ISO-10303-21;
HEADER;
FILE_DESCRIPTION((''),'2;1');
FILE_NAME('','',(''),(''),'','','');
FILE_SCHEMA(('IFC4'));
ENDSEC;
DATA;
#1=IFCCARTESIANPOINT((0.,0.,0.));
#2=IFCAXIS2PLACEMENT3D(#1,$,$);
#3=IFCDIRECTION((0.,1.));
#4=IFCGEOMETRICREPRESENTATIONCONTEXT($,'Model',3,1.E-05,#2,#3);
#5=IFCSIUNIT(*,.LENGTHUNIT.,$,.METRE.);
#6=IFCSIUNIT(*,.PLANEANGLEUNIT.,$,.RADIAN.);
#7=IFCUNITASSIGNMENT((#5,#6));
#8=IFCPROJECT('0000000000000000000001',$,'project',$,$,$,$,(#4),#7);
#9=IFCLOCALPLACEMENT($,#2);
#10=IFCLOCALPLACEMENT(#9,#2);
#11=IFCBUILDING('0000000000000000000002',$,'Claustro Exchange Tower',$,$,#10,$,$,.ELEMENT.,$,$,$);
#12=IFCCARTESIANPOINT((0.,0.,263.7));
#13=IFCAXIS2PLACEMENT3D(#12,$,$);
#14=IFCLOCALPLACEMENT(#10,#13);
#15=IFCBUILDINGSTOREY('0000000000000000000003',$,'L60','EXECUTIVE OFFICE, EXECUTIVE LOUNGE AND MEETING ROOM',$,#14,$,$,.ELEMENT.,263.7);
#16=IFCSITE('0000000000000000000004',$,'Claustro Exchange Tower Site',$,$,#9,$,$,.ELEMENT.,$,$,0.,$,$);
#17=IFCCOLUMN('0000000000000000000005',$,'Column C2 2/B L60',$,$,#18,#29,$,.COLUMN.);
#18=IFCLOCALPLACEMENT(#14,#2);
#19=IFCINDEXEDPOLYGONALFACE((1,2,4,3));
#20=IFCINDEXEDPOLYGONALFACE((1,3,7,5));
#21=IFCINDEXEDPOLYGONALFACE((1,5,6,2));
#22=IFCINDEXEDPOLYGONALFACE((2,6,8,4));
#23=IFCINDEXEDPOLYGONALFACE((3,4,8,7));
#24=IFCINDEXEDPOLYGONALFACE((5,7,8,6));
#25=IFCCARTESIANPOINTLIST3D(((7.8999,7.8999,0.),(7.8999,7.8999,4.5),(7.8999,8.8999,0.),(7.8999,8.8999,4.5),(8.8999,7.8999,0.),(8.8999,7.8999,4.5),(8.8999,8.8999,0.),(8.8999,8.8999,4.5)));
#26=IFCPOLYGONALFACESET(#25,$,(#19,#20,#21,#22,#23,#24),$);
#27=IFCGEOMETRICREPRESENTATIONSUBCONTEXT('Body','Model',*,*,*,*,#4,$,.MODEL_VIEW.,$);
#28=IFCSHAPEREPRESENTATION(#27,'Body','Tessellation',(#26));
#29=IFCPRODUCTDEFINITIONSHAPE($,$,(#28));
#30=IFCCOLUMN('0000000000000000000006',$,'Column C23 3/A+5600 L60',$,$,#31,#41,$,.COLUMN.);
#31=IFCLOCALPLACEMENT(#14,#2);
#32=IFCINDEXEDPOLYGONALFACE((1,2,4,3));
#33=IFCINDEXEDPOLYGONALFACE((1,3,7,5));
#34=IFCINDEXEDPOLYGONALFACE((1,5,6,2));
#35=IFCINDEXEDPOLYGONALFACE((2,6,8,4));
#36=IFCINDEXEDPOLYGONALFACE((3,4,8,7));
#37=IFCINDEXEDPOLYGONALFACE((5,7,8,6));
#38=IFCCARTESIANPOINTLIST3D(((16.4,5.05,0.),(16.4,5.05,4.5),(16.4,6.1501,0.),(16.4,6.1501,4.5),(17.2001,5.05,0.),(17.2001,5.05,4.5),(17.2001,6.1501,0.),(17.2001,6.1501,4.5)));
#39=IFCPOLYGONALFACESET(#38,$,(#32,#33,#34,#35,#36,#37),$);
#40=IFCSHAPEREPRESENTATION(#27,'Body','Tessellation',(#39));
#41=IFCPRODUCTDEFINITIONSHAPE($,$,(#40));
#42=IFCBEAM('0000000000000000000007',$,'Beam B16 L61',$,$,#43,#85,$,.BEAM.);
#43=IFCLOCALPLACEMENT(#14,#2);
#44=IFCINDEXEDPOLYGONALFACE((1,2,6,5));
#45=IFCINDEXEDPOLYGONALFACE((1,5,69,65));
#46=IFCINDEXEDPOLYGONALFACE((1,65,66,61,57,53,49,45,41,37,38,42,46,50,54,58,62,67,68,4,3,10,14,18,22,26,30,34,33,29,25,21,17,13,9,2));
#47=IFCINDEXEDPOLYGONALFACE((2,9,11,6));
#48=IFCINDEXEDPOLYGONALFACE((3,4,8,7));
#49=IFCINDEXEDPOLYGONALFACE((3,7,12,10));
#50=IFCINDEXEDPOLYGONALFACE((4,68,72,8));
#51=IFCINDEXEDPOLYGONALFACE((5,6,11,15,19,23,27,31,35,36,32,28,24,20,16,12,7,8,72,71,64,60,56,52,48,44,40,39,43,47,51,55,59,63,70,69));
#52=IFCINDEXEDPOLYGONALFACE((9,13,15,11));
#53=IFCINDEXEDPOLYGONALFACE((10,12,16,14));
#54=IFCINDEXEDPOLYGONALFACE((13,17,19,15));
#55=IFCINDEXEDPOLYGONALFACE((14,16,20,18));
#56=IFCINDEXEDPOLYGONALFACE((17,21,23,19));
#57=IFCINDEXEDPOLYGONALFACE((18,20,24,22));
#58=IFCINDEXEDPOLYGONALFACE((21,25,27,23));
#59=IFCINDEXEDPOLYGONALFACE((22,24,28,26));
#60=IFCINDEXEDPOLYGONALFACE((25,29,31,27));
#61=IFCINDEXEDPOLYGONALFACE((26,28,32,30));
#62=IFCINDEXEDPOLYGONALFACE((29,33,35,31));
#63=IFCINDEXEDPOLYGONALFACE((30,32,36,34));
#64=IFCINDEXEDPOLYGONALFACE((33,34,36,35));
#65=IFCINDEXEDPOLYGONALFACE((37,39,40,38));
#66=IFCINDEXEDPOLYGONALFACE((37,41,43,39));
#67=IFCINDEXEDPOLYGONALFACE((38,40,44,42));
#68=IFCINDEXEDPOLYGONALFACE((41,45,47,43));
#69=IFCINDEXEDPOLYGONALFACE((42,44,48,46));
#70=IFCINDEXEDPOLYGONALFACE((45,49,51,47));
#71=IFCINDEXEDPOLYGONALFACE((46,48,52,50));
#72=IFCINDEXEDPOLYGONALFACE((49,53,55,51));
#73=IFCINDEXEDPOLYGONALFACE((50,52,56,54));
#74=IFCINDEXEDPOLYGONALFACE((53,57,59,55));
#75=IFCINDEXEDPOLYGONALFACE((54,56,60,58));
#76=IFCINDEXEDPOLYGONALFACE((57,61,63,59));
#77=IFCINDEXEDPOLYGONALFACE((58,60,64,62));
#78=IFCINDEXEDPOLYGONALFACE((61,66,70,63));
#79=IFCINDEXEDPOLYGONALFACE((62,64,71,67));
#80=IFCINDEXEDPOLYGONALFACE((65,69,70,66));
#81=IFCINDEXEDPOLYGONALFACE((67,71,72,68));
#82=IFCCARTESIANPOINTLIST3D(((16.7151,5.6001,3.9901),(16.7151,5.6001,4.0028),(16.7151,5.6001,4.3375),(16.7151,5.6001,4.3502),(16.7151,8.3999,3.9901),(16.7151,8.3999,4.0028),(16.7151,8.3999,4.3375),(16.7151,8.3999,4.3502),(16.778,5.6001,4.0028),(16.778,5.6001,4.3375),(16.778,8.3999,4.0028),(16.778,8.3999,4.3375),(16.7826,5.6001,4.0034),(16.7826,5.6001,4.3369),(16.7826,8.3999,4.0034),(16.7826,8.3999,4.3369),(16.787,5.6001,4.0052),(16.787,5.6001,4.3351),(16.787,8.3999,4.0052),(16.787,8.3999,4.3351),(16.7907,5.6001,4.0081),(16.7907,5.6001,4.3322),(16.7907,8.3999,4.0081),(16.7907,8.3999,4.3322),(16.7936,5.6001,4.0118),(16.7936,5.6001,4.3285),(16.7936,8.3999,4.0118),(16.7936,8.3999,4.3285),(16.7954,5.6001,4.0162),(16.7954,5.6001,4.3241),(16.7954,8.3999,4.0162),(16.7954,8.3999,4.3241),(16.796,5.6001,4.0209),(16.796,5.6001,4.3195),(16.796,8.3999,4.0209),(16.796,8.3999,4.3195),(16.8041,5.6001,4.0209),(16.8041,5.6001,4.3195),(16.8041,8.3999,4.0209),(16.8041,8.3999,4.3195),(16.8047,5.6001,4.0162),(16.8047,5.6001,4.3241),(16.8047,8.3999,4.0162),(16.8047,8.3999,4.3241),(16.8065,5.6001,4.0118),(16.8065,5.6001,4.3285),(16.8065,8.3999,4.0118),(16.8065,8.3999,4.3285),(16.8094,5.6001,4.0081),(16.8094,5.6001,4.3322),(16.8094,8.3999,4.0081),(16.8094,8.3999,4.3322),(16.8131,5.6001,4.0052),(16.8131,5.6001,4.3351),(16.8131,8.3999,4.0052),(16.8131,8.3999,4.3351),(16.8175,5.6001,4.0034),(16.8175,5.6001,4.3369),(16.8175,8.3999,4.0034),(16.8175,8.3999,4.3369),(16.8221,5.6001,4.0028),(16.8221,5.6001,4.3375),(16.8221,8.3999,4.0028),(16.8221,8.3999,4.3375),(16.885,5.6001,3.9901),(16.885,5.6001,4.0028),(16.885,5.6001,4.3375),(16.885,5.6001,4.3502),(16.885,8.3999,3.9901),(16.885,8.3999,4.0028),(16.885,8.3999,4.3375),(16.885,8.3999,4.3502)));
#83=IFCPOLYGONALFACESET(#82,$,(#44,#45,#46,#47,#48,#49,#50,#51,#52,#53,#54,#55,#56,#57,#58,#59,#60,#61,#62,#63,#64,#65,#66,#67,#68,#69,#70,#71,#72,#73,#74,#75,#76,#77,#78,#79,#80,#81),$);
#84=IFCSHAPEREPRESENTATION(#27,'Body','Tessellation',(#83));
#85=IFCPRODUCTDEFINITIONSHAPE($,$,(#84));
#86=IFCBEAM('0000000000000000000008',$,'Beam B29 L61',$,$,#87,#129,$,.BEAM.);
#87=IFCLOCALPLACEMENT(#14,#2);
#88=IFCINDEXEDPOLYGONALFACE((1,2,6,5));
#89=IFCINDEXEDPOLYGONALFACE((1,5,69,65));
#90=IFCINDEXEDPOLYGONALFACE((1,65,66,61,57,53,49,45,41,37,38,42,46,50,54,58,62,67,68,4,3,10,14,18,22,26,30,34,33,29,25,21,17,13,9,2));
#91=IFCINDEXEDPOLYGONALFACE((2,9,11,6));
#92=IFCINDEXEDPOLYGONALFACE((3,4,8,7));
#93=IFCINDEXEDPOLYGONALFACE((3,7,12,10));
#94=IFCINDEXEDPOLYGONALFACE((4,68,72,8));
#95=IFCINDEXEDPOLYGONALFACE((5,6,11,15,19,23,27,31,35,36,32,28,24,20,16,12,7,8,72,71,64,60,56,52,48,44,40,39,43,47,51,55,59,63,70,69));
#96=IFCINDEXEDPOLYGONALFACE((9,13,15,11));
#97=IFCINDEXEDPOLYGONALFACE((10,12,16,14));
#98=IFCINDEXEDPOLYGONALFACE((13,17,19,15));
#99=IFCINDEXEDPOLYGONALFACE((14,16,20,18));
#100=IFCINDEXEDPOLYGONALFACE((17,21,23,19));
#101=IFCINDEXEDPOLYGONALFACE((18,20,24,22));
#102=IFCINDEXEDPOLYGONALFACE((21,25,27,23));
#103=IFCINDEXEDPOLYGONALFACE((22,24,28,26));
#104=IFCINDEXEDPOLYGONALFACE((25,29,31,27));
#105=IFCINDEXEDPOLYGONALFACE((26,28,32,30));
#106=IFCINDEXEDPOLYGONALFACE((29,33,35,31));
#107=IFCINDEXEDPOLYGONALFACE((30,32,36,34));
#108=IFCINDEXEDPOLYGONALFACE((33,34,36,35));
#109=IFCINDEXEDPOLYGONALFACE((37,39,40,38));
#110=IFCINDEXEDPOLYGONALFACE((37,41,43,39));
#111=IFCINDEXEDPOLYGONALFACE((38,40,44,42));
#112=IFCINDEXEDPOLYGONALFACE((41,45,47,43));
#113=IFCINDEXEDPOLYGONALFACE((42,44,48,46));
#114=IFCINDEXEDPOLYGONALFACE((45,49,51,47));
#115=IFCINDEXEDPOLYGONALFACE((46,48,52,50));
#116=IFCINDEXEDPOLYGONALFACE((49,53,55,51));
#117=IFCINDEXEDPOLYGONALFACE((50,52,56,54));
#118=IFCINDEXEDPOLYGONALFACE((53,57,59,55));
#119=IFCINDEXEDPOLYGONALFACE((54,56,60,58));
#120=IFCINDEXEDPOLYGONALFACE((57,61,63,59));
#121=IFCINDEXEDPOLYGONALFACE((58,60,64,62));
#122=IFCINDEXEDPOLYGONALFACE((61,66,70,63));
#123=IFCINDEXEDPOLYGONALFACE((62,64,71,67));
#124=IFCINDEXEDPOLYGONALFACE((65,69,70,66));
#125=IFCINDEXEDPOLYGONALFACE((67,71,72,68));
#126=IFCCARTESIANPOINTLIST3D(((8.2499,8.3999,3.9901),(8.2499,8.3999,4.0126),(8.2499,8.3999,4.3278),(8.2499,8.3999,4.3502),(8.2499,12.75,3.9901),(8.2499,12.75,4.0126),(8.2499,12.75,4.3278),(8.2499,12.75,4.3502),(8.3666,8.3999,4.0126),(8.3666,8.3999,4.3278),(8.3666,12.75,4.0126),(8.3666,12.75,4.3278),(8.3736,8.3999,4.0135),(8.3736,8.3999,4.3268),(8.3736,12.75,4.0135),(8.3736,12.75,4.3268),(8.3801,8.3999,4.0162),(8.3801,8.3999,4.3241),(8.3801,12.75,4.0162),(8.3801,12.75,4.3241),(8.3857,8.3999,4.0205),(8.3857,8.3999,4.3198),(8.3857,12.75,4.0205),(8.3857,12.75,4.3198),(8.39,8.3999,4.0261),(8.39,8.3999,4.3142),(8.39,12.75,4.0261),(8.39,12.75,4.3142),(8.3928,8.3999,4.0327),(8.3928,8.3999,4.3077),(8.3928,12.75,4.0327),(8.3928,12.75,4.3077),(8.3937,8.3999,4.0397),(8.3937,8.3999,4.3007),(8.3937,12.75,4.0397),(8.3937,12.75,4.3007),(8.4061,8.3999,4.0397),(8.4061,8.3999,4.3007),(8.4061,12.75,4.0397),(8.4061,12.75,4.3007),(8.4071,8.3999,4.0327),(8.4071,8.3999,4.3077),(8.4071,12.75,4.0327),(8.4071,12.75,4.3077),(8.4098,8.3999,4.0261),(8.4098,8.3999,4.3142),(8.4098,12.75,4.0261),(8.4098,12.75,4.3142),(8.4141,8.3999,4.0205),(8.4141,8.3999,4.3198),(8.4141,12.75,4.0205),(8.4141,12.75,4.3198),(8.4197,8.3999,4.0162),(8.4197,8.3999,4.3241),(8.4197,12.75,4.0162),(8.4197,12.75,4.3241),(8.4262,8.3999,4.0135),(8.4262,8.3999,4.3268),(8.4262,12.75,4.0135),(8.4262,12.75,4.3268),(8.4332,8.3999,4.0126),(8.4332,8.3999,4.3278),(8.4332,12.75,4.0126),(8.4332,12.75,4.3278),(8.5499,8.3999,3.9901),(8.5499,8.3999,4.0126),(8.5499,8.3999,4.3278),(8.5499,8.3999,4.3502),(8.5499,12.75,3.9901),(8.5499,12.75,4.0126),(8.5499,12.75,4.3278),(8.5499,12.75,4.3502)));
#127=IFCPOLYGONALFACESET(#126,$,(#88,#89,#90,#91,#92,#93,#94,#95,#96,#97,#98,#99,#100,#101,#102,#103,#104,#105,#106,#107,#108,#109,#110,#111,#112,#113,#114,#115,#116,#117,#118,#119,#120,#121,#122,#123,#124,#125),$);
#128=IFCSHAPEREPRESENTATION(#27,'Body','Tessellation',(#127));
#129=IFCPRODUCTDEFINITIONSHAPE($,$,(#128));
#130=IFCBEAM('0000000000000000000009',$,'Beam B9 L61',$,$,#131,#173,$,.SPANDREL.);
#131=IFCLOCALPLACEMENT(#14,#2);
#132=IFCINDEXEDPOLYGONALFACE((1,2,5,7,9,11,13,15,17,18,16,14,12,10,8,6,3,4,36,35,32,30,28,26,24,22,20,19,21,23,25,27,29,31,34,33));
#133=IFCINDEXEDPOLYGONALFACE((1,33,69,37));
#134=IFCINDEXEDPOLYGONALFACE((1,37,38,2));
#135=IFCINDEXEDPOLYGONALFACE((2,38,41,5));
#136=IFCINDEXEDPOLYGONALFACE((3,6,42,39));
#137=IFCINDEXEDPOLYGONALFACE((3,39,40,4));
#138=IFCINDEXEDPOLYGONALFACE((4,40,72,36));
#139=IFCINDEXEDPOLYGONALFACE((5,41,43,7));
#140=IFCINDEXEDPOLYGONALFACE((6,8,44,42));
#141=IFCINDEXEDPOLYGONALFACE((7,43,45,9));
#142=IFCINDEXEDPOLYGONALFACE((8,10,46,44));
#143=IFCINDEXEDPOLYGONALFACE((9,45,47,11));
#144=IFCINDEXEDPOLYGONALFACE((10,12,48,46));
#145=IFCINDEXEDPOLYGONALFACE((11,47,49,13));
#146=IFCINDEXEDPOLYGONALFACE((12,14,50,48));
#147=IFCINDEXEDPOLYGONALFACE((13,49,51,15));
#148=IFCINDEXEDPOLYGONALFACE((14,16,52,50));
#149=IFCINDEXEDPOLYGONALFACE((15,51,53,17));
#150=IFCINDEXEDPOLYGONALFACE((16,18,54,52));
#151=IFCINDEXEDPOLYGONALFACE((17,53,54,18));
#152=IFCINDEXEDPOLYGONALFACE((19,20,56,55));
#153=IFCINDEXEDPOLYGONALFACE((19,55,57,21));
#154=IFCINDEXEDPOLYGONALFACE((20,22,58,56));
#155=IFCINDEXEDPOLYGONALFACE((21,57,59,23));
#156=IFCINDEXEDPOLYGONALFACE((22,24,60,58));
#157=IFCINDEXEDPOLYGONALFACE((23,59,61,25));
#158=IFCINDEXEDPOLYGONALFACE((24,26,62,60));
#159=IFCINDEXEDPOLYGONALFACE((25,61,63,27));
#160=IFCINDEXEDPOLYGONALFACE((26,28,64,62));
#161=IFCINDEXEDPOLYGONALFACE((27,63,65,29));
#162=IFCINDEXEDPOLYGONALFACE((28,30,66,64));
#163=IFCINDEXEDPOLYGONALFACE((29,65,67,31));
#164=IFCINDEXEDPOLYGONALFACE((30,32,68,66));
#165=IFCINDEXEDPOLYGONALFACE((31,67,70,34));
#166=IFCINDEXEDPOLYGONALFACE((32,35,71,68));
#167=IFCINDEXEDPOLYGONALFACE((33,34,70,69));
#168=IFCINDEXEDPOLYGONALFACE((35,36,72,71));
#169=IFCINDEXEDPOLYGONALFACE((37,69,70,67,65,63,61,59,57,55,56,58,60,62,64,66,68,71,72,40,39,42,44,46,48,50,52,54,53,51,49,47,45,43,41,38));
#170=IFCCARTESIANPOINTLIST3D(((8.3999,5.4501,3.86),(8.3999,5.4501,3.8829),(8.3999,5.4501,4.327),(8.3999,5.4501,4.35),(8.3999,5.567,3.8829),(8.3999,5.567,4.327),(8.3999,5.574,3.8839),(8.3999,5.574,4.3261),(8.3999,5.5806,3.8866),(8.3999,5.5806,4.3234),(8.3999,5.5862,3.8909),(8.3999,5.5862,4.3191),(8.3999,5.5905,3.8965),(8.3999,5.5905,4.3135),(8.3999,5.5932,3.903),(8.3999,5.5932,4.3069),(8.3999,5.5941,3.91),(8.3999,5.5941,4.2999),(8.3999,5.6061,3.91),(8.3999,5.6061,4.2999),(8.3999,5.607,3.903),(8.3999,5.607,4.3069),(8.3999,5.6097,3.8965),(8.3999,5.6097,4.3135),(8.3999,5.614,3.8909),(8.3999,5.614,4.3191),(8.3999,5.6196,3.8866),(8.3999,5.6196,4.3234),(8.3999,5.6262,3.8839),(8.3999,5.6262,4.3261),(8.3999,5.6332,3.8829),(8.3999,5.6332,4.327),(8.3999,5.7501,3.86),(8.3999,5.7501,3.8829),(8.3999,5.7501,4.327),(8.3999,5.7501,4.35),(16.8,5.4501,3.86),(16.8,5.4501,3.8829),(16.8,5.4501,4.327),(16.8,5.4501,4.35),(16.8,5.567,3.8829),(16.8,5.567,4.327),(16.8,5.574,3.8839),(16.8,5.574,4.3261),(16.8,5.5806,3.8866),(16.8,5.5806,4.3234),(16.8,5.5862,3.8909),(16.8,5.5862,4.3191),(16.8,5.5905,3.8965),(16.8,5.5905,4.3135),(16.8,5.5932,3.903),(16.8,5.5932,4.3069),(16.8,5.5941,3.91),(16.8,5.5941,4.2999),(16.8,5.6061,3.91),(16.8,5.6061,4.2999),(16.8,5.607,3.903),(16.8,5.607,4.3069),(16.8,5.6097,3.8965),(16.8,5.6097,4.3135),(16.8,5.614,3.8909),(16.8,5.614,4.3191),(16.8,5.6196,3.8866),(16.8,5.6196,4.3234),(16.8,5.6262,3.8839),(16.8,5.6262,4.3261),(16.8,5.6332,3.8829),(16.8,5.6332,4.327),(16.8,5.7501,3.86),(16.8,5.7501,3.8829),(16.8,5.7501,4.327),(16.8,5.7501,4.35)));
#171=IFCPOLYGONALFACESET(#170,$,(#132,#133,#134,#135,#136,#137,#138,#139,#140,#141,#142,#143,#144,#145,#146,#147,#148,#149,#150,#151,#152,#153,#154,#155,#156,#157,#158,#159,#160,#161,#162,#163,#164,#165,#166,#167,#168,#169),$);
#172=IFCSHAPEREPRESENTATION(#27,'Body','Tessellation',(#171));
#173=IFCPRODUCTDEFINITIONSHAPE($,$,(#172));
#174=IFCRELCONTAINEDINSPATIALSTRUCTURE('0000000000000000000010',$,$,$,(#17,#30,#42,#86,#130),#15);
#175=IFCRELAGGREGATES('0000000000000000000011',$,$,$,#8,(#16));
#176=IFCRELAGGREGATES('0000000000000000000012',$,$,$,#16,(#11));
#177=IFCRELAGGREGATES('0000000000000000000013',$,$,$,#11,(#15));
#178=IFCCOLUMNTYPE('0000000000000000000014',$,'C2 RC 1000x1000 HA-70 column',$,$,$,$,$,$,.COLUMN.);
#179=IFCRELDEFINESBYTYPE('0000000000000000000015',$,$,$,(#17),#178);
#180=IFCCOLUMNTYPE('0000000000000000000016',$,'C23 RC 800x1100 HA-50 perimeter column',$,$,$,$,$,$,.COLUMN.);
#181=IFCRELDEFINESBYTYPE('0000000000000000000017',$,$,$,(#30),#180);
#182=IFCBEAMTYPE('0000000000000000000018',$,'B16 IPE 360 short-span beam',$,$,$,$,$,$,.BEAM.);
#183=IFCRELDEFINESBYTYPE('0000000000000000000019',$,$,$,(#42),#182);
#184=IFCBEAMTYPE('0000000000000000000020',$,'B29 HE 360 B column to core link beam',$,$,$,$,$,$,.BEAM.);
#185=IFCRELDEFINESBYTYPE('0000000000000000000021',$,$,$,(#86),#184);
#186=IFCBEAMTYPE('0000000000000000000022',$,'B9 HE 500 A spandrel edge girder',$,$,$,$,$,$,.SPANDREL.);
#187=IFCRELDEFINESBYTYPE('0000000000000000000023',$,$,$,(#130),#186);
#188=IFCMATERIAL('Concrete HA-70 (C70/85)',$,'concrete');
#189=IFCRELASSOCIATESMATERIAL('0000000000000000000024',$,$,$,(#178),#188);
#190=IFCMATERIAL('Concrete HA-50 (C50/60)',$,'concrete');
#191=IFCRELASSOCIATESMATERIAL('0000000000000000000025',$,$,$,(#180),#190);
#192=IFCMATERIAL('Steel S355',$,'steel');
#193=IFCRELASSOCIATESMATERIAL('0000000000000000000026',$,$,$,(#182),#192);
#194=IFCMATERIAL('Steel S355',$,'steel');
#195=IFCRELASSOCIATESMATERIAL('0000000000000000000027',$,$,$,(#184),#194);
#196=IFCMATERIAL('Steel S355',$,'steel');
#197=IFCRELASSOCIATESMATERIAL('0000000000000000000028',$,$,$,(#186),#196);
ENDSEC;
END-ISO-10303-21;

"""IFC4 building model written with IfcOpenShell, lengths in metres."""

from ifc_helpers import new_model, si_unit, direction, frame, origin, origin_2d, place, context, subcontext, project, spatial, rectangle, i_section, extrude, material, material_profile, profile_set, type_object, element, save


model = new_model("IFC4")

# Units and contexts
model_context = context("Model", 3, precision=1e-05, world=origin(), true_north=direction((0.0, 1.0)))
body_context = subcontext(model_context, "Body", "Model", "MODEL_VIEW")
ifc_project = project(units=[si_unit("LENGTHUNIT", "METRE"), si_unit("PLANEANGLEUNIT", "RADIAN")], contexts=[model_context])

# Site, building, storey
site_placement = place(None, origin())
site = spatial("IfcSite", under=ifc_project, at=site_placement, Name="Claustro Exchange Tower Site", CompositionType="ELEMENT", RefElevation=0.0)
building_placement = place(site_placement, origin())
building = spatial("IfcBuilding", under=site, at=building_placement, Name="Claustro Exchange Tower", CompositionType="ELEMENT")
storey_placement = place(building_placement, frame((0.0, 0.0, 263.7)))
storey = spatial("IfcBuildingStorey", under=building, at=storey_placement, Name="L60", Description="EXECUTIVE OFFICE, EXECUTIVE LOUNGE AND MEETING ROOM", CompositionType="ELEMENT", Elevation=263.7)

# Columns
ifc_material_1 = material(Name="Concrete HA-70 (C70/85)", Category="concrete")
ifc_material_profile_1 = material_profile(ifc_material_1, rectangle(XDim=1.0, YDim=1.0, at=origin_2d()), Name="RC 1000x1000")
ifc_profile_set_1 = profile_set([ifc_material_profile_1], Name="Concrete HA-70 (C70/85)")
column_type_1 = type_object("IfcColumnType", Name="C2 RC 1000x1000 HA-70 column", PredefinedType="COLUMN", material=ifc_profile_set_1)
column_1_placement = place(storey_placement, frame((8.3999, 8.3999, 0.0), z_axis=(0.0, 0.0, 1.0), x_axis=(1.0, 0.0, 0.0)))
element("IfcColumn", 1, at=column_1_placement, inside=storey, type_object=column_type_1, Name="Column C2 2/B L60", PredefinedType="COLUMN", context=body_context, shape_type="SweptSolid", body=[
    extrude(rectangle(XDim=1.0, YDim=1.0, at=origin_2d()), origin(), (0.0, 0.0, 1.0), 4.5),
])
ifc_material_2 = material(Name="Concrete HA-50 (C50/60)", Category="concrete")
ifc_material_profile_2 = material_profile(ifc_material_2, rectangle(XDim=0.8, YDim=1.1001, at=origin_2d()), Name="RC 800x1100")
ifc_profile_set_2 = profile_set([ifc_material_profile_2], Name="Concrete HA-50 (C50/60)")
column_type_2 = type_object("IfcColumnType", Name="C23 RC 800x1100 HA-50 perimeter column", PredefinedType="COLUMN", material=ifc_profile_set_2)
column_2_placement = place(storey_placement, frame((16.8, 5.6001, 0.0), z_axis=(0.0, 0.0, 1.0), x_axis=(1.0, 0.0, 0.0)))
element("IfcColumn", 2, at=column_2_placement, inside=storey, type_object=column_type_2, Name="Column C23 3/A+5600 L60", PredefinedType="COLUMN", context=body_context, shape_type="SweptSolid", body=[
    extrude(rectangle(XDim=0.8, YDim=1.1001, at=origin_2d()), origin(), (0.0, 0.0, 1.0), 4.5),
])

# Beams
ifc_material_3 = material(Name="Steel S355", Category="steel")
ifc_material_profile_3 = material_profile(ifc_material_3, i_section(OverallWidth=0.1699, OverallDepth=0.3601, WebThickness=0.0081, FlangeThickness=0.0127, FilletRadius=0.0181, at=origin_2d()), Name="IPE 360")
ifc_profile_set_3 = profile_set([ifc_material_profile_3], Name="Steel S355")
beam_type_1 = type_object("IfcBeamType", Name="B16 IPE 360 short-span beam", PredefinedType="BEAM", material=ifc_profile_set_3)
beam_1_placement = place(storey_placement, frame((16.8, 5.6001, 4.1702), z_axis=(0.0, 1.0, 0.0), x_axis=(-1.0, 0.0, 0.0)))
element("IfcBeam", 3, at=beam_1_placement, inside=storey, type_object=beam_type_1, Name="Beam B16 L61", PredefinedType="BEAM", context=body_context, shape_type="SweptSolid", body=[
    extrude(i_section(OverallWidth=0.1699, OverallDepth=0.3601, WebThickness=0.0081, FlangeThickness=0.0127, FilletRadius=0.0181, at=origin_2d()), origin(), (0.0, 0.0, 1.0), 2.7998),
])
ifc_material_4 = material(Name="Steel S355", Category="steel")
ifc_material_profile_4 = material_profile(ifc_material_4, i_section(OverallWidth=0.3, OverallDepth=0.3601, WebThickness=0.0125, FlangeThickness=0.0225, FilletRadius=0.0271, at=origin_2d()), Name="HE 360 B")
ifc_profile_set_4 = profile_set([ifc_material_profile_4], Name="Steel S355")
beam_type_2 = type_object("IfcBeamType", Name="B29 HE 360 B column to core link beam", PredefinedType="BEAM", material=ifc_profile_set_4)
beam_2_placement = place(storey_placement, frame((8.3999, 8.3999, 4.1702), z_axis=(0.0, 1.0, 0.0), x_axis=(-1.0, 0.0, 0.0)))
element("IfcBeam", 4, at=beam_2_placement, inside=storey, type_object=beam_type_2, Name="Beam B29 L61", PredefinedType="BEAM", context=body_context, shape_type="SweptSolid", body=[
    extrude(i_section(OverallWidth=0.3, OverallDepth=0.3601, WebThickness=0.0125, FlangeThickness=0.0225, FilletRadius=0.0271, at=origin_2d()), origin(), (0.0, 0.0, 1.0), 4.3501),
])
ifc_material_5 = material(Name="Steel S355", Category="steel")
ifc_material_profile_5 = material_profile(ifc_material_5, i_section(OverallWidth=0.3, OverallDepth=0.49, WebThickness=0.012, FlangeThickness=0.0229, FilletRadius=0.0271, at=origin_2d()), Name="HE 500 A")
ifc_profile_set_5 = profile_set([ifc_material_profile_5], Name="Steel S355")
beam_type_3 = type_object("IfcBeamType", Name="B9 HE 500 A spandrel edge girder", PredefinedType="SPANDREL", material=ifc_profile_set_5)
beam_3_placement = place(storey_placement, frame((8.3999, 5.6001, 4.105), z_axis=(1.0, 0.0, 0.0), x_axis=(0.0, 1.0, 0.0)))
element("IfcBeam", 5, at=beam_3_placement, inside=storey, type_object=beam_type_3, Name="Beam B9 L61", PredefinedType="SPANDREL", context=body_context, shape_type="SweptSolid", body=[
    extrude(i_section(OverallWidth=0.3, OverallDepth=0.49, WebThickness=0.012, FlangeThickness=0.0229, FilletRadius=0.0271, at=origin_2d()), origin(), (0.0, 0.0, 1.0), 8.4001),
])

save(model, "model.ifc")
